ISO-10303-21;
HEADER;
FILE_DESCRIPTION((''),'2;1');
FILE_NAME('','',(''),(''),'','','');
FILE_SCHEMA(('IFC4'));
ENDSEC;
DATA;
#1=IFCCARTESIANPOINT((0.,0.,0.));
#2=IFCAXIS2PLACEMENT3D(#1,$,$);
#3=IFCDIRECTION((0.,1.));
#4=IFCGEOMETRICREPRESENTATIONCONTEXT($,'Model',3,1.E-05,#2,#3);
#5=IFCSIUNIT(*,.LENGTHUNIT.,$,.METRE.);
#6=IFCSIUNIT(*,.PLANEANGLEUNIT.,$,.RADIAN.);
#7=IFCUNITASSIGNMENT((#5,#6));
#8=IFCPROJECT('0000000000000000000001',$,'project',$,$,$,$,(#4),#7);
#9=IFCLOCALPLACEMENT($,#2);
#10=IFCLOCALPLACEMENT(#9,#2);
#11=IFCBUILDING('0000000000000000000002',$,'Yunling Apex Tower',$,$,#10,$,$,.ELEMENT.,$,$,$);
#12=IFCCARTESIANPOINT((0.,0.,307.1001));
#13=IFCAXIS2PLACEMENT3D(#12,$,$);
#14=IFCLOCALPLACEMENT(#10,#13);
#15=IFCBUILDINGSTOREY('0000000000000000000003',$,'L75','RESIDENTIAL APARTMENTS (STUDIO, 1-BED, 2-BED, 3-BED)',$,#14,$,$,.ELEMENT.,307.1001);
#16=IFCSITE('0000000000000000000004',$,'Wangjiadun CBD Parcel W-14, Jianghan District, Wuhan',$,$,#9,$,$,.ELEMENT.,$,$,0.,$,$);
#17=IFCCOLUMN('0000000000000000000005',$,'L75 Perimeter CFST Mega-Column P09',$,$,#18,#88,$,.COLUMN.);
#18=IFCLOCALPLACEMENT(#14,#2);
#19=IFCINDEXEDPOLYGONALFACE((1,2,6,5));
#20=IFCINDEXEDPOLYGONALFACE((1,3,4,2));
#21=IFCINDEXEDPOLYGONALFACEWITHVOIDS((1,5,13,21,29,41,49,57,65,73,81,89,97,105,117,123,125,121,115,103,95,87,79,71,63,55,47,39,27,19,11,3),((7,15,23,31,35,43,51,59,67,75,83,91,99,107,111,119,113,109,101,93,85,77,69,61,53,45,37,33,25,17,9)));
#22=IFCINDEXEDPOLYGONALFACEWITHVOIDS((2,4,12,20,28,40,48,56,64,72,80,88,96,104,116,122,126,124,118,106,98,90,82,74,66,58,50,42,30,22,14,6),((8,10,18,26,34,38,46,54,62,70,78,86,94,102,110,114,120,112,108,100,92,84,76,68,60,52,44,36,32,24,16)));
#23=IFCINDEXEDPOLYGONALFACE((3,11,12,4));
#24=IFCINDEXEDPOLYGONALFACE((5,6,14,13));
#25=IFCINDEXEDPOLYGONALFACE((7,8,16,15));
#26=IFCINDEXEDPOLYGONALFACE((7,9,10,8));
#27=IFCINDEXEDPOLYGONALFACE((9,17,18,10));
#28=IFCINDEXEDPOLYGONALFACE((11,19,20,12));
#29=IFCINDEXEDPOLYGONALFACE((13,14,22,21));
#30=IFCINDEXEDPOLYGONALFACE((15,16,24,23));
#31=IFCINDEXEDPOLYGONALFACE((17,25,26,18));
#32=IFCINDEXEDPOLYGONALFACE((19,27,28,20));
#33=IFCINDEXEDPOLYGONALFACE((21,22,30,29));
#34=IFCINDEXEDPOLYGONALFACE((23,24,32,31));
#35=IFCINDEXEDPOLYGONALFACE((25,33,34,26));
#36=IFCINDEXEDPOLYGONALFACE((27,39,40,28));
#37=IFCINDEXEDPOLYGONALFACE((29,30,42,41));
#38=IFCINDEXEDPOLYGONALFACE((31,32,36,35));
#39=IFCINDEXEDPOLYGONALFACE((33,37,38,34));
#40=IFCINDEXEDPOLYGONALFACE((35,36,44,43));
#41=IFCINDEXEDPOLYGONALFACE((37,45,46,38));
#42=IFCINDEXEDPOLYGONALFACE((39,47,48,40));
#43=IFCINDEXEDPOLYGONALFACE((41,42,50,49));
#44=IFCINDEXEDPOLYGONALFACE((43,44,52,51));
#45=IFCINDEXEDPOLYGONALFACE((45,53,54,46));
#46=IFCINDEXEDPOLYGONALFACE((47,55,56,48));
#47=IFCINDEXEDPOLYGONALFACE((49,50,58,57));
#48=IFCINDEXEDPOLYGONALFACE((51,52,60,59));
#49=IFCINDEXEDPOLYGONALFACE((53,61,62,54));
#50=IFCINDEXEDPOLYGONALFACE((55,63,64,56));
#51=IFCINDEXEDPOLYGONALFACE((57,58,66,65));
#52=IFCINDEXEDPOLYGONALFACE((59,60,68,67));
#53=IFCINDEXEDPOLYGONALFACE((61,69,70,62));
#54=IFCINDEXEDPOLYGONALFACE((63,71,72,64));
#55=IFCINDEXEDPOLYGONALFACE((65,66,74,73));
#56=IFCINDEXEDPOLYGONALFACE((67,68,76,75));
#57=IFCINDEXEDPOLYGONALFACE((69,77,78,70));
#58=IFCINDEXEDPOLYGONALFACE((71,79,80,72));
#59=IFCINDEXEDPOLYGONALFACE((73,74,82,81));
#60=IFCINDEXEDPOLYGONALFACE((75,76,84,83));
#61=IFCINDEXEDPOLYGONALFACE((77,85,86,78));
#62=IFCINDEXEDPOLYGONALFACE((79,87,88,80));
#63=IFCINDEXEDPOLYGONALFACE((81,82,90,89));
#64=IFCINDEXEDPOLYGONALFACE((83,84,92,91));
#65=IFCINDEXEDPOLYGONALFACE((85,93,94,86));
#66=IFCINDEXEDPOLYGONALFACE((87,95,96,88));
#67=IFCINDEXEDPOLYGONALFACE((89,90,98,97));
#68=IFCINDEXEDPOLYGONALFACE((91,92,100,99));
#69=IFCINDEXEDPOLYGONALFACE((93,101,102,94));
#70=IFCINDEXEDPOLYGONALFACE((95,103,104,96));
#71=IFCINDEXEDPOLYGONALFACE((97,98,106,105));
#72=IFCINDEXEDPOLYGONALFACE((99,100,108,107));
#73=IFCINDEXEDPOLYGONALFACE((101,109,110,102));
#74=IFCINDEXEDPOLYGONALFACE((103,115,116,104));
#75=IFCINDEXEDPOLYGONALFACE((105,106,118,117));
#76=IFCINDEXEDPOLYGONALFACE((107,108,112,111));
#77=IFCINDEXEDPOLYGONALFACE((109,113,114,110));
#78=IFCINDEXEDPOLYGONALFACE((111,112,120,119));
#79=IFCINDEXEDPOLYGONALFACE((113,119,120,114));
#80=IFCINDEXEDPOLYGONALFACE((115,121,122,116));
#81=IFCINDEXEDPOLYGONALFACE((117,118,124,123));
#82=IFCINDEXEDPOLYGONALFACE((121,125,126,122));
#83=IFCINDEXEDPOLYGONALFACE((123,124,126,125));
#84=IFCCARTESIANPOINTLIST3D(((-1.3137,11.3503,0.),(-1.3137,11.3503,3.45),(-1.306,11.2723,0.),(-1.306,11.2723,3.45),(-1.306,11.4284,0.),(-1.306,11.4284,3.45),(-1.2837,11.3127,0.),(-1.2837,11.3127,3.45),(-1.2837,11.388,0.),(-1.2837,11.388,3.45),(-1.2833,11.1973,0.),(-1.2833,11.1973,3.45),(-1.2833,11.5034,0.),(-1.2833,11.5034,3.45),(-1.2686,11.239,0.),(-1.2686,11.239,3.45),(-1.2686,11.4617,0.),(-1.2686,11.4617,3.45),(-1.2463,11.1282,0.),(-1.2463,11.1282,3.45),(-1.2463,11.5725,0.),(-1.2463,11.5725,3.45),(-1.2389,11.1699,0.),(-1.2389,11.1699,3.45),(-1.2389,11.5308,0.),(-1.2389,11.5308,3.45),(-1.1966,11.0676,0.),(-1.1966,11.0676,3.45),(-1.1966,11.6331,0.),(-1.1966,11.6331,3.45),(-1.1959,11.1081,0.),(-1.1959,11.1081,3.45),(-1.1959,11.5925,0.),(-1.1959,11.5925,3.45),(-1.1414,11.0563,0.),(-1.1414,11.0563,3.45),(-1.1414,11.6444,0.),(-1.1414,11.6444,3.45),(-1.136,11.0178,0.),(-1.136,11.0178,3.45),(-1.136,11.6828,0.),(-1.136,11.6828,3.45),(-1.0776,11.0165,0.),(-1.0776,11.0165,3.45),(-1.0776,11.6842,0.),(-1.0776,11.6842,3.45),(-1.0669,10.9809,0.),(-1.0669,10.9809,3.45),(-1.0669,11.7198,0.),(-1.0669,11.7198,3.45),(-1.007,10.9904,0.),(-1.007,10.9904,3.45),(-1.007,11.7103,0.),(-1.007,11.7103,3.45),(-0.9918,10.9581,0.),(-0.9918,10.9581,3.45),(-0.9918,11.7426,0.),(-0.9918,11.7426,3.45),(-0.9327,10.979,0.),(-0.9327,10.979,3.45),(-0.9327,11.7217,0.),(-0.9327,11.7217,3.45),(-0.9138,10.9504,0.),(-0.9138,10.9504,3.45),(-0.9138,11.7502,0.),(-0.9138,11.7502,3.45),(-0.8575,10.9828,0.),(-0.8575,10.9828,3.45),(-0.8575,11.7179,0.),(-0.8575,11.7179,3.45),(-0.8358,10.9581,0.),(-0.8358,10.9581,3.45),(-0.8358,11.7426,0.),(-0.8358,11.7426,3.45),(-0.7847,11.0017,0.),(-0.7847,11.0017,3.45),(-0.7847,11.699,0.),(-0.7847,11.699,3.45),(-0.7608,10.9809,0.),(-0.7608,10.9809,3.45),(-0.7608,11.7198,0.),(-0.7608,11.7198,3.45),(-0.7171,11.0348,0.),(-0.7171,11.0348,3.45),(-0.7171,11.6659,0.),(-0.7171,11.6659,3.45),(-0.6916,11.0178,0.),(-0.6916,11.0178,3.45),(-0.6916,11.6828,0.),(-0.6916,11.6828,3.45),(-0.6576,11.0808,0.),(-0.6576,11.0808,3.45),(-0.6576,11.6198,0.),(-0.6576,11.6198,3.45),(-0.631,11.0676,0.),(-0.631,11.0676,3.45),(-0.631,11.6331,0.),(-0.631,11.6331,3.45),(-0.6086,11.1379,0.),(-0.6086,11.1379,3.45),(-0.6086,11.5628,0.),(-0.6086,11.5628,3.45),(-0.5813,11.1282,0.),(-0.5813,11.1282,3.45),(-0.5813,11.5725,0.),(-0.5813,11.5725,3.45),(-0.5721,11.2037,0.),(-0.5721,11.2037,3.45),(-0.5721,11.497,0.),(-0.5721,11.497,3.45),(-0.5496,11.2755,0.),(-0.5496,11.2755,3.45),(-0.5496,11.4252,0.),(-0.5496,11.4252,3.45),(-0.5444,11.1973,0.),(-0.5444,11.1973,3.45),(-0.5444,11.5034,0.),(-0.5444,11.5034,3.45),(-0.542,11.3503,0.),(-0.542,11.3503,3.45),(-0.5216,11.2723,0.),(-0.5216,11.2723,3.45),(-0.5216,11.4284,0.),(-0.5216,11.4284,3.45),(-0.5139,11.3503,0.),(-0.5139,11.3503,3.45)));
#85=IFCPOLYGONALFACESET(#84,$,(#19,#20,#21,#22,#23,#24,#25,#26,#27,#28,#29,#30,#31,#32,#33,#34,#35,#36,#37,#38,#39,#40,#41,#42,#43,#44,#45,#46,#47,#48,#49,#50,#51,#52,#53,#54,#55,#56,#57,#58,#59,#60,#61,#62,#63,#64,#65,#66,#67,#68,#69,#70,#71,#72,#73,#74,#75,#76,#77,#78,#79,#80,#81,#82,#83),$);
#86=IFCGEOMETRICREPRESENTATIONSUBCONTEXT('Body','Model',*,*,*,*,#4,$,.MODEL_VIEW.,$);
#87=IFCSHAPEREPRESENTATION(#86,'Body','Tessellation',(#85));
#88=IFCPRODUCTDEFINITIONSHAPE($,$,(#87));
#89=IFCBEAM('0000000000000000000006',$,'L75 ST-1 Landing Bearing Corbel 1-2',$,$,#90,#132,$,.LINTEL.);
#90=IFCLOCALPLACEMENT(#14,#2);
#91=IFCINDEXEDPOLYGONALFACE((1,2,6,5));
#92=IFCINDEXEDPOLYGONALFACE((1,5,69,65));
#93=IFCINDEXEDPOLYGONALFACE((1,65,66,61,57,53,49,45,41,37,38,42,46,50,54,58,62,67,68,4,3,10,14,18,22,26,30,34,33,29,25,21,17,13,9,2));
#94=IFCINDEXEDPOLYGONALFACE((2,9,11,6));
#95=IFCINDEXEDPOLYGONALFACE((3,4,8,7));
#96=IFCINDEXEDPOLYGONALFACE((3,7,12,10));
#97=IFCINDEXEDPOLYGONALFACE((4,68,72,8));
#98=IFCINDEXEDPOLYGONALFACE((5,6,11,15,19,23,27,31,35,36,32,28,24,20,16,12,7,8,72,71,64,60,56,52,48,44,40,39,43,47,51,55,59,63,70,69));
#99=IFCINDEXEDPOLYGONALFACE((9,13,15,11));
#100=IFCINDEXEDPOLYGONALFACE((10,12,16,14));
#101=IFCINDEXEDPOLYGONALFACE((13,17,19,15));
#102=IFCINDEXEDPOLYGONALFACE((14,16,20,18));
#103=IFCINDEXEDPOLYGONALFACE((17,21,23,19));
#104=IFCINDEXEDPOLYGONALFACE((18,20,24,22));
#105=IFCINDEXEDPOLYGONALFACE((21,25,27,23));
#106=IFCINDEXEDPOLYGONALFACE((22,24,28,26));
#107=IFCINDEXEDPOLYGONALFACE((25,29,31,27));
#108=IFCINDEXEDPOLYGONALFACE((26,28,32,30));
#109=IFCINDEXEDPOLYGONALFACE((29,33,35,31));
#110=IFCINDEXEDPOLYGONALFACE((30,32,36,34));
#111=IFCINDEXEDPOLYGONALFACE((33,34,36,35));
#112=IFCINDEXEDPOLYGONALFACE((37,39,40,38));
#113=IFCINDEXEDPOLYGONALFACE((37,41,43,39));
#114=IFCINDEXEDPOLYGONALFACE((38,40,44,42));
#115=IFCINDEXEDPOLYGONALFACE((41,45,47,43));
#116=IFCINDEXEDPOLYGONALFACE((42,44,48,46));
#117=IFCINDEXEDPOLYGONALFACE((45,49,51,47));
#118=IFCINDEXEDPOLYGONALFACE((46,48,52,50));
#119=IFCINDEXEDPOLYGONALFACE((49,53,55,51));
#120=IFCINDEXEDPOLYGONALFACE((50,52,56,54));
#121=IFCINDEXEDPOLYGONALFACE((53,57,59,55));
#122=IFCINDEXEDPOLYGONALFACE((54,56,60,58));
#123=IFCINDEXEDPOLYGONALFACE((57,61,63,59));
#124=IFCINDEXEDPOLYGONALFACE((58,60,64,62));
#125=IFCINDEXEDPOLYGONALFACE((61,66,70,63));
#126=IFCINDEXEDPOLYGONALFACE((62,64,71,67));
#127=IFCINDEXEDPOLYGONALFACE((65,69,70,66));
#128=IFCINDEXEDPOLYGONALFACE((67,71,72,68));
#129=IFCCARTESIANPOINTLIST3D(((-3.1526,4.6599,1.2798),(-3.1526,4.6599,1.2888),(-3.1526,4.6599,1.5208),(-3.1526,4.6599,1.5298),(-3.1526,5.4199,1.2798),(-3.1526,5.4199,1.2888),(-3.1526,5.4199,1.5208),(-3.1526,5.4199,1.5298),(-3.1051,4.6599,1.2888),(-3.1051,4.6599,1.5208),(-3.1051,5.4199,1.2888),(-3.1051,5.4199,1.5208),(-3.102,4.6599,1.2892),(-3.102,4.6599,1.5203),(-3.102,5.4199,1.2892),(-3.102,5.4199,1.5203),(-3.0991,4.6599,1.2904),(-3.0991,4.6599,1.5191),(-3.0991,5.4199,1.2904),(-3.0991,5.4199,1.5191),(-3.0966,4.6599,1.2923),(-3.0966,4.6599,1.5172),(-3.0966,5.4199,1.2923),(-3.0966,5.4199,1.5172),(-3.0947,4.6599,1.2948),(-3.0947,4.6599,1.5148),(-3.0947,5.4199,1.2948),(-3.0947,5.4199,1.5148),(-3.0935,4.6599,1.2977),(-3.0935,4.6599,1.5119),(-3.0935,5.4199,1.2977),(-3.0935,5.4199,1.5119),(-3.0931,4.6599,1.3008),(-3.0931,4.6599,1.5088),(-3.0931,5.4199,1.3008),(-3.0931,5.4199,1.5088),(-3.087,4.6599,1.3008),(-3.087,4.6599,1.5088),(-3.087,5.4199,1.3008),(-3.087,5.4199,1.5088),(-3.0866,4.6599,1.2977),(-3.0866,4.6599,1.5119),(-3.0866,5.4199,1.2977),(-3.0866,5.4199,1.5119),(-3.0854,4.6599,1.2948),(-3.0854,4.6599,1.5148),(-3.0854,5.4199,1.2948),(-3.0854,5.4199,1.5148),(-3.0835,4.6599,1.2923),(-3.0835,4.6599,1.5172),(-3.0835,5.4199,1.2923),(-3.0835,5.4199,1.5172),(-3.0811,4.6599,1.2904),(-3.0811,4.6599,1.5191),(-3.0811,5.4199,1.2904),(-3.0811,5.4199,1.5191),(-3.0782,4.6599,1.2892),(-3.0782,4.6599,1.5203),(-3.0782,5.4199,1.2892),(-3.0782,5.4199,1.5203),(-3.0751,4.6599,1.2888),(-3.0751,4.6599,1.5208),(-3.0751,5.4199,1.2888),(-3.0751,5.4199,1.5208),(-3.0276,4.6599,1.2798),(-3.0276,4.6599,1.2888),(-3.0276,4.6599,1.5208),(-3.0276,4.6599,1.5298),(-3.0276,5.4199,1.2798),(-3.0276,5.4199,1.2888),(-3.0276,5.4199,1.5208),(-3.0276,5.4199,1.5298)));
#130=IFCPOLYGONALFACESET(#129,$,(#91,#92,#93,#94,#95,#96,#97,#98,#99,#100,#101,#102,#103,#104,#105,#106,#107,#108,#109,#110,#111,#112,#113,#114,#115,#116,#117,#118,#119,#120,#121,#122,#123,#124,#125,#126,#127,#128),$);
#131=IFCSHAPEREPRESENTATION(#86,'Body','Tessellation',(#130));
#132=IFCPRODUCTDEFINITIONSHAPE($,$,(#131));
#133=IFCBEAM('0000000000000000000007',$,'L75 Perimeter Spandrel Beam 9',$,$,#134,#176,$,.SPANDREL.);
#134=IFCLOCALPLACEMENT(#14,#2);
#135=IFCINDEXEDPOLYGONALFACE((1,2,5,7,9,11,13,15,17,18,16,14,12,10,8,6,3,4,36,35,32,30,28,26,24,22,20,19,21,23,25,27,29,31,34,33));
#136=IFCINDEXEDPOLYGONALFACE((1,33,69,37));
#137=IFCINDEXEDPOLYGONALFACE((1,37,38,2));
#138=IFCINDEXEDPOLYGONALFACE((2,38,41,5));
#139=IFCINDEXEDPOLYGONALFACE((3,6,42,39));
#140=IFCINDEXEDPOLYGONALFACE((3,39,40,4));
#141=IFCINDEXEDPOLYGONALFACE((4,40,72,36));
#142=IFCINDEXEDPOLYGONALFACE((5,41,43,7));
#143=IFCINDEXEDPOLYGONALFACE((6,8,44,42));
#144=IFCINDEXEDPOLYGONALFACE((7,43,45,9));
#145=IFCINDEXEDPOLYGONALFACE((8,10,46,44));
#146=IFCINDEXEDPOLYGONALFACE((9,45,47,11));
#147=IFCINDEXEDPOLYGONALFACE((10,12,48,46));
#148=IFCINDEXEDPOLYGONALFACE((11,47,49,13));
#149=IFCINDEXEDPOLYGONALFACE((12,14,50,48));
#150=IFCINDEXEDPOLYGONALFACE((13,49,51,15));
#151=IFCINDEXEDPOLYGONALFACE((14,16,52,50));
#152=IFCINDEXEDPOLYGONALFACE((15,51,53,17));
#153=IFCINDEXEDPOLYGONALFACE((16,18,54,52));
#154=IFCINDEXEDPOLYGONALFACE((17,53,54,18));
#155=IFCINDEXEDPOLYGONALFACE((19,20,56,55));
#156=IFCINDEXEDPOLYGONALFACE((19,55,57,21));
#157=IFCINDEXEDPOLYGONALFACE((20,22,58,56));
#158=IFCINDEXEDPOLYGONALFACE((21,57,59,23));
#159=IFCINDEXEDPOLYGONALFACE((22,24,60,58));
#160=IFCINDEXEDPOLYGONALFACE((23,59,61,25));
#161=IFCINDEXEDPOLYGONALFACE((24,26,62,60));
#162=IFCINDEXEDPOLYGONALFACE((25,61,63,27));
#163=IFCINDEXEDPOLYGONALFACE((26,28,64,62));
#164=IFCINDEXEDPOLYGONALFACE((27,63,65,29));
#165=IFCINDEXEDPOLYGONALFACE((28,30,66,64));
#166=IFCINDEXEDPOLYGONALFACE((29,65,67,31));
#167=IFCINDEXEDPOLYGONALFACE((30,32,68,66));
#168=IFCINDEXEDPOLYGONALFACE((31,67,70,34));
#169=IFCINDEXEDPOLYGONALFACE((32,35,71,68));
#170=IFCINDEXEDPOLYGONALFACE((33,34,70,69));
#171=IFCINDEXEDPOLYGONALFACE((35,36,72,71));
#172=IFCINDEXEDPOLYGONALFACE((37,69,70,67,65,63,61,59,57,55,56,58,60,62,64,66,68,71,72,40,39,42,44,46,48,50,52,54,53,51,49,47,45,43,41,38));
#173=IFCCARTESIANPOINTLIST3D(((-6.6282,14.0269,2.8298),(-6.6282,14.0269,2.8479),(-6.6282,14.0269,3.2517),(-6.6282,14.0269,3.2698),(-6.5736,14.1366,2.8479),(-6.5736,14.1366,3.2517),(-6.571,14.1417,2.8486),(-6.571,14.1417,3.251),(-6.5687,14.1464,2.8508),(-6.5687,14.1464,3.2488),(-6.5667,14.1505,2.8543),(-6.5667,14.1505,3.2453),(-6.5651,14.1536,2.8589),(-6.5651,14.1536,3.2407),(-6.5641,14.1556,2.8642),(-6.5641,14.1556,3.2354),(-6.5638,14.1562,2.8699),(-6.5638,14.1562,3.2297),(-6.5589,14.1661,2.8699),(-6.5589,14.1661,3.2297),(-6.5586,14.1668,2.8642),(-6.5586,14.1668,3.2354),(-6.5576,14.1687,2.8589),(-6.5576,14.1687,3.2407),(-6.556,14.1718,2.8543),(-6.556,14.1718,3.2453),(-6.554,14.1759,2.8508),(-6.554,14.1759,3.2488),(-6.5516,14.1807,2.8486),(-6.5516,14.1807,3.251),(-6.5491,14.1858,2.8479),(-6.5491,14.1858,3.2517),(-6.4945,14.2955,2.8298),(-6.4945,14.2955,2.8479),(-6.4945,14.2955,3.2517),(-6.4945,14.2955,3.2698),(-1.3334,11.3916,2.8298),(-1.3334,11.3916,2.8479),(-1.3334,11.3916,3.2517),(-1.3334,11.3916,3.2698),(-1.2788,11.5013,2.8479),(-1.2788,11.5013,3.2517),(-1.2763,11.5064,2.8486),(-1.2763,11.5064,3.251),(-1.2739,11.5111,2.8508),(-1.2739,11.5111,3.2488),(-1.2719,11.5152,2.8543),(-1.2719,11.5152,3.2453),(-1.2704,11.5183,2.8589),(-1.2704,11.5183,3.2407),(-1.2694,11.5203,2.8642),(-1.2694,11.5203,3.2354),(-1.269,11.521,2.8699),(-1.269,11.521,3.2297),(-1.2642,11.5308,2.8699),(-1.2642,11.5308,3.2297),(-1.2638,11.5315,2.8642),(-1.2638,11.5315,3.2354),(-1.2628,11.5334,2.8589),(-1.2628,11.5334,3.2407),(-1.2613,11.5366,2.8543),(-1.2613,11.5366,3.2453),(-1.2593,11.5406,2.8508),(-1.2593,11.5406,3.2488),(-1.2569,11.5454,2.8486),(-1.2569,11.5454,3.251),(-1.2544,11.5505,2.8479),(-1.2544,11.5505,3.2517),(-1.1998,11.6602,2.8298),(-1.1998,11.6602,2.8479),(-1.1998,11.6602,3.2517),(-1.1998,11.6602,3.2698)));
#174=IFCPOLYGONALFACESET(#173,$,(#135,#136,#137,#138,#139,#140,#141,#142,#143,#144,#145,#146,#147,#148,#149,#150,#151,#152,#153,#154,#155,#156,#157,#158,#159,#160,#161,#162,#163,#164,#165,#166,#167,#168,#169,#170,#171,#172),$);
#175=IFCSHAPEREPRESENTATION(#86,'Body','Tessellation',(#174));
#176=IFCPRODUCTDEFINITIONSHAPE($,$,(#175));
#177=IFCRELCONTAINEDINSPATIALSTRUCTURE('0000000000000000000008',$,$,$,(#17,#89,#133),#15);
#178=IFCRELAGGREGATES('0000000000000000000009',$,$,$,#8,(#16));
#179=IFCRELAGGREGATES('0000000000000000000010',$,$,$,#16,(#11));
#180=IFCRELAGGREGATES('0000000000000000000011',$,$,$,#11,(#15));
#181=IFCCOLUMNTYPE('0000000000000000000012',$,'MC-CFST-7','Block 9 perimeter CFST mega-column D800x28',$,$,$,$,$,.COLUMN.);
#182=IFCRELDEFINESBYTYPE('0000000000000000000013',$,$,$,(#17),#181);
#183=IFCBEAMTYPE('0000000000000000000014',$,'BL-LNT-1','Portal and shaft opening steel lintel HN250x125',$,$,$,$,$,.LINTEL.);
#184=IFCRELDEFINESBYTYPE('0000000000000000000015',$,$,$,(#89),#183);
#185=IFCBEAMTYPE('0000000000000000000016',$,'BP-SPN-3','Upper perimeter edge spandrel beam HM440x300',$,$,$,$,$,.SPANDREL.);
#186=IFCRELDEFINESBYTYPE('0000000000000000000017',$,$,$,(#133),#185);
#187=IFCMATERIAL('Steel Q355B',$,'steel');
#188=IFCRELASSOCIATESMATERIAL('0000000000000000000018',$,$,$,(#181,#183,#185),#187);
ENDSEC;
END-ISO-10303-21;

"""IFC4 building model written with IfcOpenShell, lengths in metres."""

from ifc_helpers import new_model, si_unit, direction, frame, origin, origin_2d, place, context, subcontext, project, spatial, hollow_circle, i_section, extrude, source, transform, mapped, material, material_profile, profile_set, type_object, element, save


model = new_model("IFC4")

# Units and contexts
model_context = context("Model", 3, precision=1e-05, world=origin(), true_north=direction((0.0, 1.0)))
body_context = subcontext(model_context, "Body", "Model", "MODEL_VIEW")
ifc_project = project(units=[si_unit("LENGTHUNIT", "METRE"), si_unit("PLANEANGLEUNIT", "RADIAN")], contexts=[model_context])

# Site, building, storey
site_placement = place(None, origin())
site = spatial("IfcSite", under=ifc_project, at=site_placement, Name="Wangjiadun CBD Parcel W-14, Jianghan District, Wuhan", CompositionType="ELEMENT", RefElevation=0.0)
building_placement = place(site_placement, origin())
building = spatial("IfcBuilding", under=site, at=building_placement, Name="Yunling Apex Tower", CompositionType="ELEMENT")
storey_placement = place(building_placement, frame((0.0, 0.0, 307.1001)))
storey = spatial("IfcBuildingStorey", under=building, at=storey_placement, Name="L75", Description="RESIDENTIAL APARTMENTS (STUDIO, 1-BED, 2-BED, 3-BED)", CompositionType="ELEMENT", Elevation=307.1001)

# Column
ifc_material_1 = material(Name="Steel Q355B", Category="steel")
ifc_material_profile_1 = material_profile(ifc_material_1, hollow_circle(Radius=0.3999, WallThickness=0.0281, at=origin_2d()))
ifc_profile_set_1 = profile_set([ifc_material_profile_1], Name="Steel Q355B")
column_type = type_object("IfcColumnType", Name="MC-CFST-7", Description="Block 9 perimeter CFST mega-column D800x28", PredefinedType="COLUMN", material=ifc_profile_set_1)
shared_shape_1 = source(origin(), body_context, "Body", "SweptSolid", [
    extrude(hollow_circle(Radius=0.3999, WallThickness=0.0281, at=origin_2d()), origin(), (0.0, 0.0, 1.0), 3.45),
])
column_placement = place(storey_placement, frame((-0.9138, 11.3503, 0.0), z_axis=(0.0, 0.0, 1.0), x_axis=(1.0, 0.0, 0.0)))
element("IfcColumn", 1, at=column_placement, inside=storey, type_object=column_type, Name="L75 Perimeter CFST Mega-Column P09", PredefinedType="COLUMN", context=body_context, shape_type="MappedRepresentation", body=[
    mapped(shared_shape_1, transform((0.0, 0.0, 0.0), scale=1.0)),
])

# Beams
ifc_material_profile_2 = material_profile(ifc_material_1, i_section(OverallWidth=0.125, OverallDepth=0.25, WebThickness=0.0061, FlangeThickness=0.009, FilletRadius=0.012, at=origin_2d()))
ifc_profile_set_2 = profile_set([ifc_material_profile_2], Name="Steel Q355B")
beam_type_1 = type_object("IfcBeamType", Name="BL-LNT-1", Description="Portal and shaft opening steel lintel HN250x125", PredefinedType="LINTEL", material=ifc_profile_set_2)
shared_shape_2 = source(origin(), body_context, "Body", "SweptSolid", [
    extrude(i_section(OverallWidth=0.125, OverallDepth=0.25, WebThickness=0.0061, FlangeThickness=0.009, FilletRadius=0.012, at=origin_2d()), origin(), (0.0, 0.0, 1.0), 0.76),
])
beam_1_placement = place(storey_placement, frame((-3.0901, 5.4199, 1.4048), z_axis=(0.0, -1.0, 0.0), x_axis=(1.0, 0.0, 0.0)))
element("IfcBeam", 2, at=beam_1_placement, inside=storey, type_object=beam_type_1, Name="L75 ST-1 Landing Bearing Corbel 1-2", PredefinedType="LINTEL", context=body_context, shape_type="MappedRepresentation", body=[
    mapped(shared_shape_2, transform((0.0, 0.0, 0.0), scale=1.0)),
])
ifc_material_profile_3 = material_profile(ifc_material_1, i_section(OverallWidth=0.3, OverallDepth=0.4399, WebThickness=0.011, FlangeThickness=0.0181, FilletRadius=0.022, at=origin_2d()))
ifc_profile_set_3 = profile_set([ifc_material_profile_3], Name="Steel Q355B")
beam_type_2 = type_object("IfcBeamType", Name="BP-SPN-3", Description="Upper perimeter edge spandrel beam HM440x300", PredefinedType="SPANDREL", material=ifc_profile_set_3)
shared_shape_3 = source(origin(), body_context, "Body", "SweptSolid", [
    extrude(i_section(OverallWidth=0.3, OverallDepth=0.4399, WebThickness=0.011, FlangeThickness=0.0181, FilletRadius=0.022, at=origin_2d()), origin(), (0.0, 0.0, 1.0), 5.9143),
])
beam_2_placement = place(storey_placement, frame((-1.2666, 11.5259, 3.0498), z_axis=(-0.895243, 0.445578, 0.0), x_axis=(-0.445578, -0.895243, 0.0)))
element("IfcBeam", 3, at=beam_2_placement, inside=storey, type_object=beam_type_2, Name="L75 Perimeter Spandrel Beam 9", PredefinedType="SPANDREL", context=body_context, shape_type="MappedRepresentation", body=[
    mapped(shared_shape_3, transform((0.0, 0.0, 0.0), scale=1.0)),
])

save(model, "model.ifc")
